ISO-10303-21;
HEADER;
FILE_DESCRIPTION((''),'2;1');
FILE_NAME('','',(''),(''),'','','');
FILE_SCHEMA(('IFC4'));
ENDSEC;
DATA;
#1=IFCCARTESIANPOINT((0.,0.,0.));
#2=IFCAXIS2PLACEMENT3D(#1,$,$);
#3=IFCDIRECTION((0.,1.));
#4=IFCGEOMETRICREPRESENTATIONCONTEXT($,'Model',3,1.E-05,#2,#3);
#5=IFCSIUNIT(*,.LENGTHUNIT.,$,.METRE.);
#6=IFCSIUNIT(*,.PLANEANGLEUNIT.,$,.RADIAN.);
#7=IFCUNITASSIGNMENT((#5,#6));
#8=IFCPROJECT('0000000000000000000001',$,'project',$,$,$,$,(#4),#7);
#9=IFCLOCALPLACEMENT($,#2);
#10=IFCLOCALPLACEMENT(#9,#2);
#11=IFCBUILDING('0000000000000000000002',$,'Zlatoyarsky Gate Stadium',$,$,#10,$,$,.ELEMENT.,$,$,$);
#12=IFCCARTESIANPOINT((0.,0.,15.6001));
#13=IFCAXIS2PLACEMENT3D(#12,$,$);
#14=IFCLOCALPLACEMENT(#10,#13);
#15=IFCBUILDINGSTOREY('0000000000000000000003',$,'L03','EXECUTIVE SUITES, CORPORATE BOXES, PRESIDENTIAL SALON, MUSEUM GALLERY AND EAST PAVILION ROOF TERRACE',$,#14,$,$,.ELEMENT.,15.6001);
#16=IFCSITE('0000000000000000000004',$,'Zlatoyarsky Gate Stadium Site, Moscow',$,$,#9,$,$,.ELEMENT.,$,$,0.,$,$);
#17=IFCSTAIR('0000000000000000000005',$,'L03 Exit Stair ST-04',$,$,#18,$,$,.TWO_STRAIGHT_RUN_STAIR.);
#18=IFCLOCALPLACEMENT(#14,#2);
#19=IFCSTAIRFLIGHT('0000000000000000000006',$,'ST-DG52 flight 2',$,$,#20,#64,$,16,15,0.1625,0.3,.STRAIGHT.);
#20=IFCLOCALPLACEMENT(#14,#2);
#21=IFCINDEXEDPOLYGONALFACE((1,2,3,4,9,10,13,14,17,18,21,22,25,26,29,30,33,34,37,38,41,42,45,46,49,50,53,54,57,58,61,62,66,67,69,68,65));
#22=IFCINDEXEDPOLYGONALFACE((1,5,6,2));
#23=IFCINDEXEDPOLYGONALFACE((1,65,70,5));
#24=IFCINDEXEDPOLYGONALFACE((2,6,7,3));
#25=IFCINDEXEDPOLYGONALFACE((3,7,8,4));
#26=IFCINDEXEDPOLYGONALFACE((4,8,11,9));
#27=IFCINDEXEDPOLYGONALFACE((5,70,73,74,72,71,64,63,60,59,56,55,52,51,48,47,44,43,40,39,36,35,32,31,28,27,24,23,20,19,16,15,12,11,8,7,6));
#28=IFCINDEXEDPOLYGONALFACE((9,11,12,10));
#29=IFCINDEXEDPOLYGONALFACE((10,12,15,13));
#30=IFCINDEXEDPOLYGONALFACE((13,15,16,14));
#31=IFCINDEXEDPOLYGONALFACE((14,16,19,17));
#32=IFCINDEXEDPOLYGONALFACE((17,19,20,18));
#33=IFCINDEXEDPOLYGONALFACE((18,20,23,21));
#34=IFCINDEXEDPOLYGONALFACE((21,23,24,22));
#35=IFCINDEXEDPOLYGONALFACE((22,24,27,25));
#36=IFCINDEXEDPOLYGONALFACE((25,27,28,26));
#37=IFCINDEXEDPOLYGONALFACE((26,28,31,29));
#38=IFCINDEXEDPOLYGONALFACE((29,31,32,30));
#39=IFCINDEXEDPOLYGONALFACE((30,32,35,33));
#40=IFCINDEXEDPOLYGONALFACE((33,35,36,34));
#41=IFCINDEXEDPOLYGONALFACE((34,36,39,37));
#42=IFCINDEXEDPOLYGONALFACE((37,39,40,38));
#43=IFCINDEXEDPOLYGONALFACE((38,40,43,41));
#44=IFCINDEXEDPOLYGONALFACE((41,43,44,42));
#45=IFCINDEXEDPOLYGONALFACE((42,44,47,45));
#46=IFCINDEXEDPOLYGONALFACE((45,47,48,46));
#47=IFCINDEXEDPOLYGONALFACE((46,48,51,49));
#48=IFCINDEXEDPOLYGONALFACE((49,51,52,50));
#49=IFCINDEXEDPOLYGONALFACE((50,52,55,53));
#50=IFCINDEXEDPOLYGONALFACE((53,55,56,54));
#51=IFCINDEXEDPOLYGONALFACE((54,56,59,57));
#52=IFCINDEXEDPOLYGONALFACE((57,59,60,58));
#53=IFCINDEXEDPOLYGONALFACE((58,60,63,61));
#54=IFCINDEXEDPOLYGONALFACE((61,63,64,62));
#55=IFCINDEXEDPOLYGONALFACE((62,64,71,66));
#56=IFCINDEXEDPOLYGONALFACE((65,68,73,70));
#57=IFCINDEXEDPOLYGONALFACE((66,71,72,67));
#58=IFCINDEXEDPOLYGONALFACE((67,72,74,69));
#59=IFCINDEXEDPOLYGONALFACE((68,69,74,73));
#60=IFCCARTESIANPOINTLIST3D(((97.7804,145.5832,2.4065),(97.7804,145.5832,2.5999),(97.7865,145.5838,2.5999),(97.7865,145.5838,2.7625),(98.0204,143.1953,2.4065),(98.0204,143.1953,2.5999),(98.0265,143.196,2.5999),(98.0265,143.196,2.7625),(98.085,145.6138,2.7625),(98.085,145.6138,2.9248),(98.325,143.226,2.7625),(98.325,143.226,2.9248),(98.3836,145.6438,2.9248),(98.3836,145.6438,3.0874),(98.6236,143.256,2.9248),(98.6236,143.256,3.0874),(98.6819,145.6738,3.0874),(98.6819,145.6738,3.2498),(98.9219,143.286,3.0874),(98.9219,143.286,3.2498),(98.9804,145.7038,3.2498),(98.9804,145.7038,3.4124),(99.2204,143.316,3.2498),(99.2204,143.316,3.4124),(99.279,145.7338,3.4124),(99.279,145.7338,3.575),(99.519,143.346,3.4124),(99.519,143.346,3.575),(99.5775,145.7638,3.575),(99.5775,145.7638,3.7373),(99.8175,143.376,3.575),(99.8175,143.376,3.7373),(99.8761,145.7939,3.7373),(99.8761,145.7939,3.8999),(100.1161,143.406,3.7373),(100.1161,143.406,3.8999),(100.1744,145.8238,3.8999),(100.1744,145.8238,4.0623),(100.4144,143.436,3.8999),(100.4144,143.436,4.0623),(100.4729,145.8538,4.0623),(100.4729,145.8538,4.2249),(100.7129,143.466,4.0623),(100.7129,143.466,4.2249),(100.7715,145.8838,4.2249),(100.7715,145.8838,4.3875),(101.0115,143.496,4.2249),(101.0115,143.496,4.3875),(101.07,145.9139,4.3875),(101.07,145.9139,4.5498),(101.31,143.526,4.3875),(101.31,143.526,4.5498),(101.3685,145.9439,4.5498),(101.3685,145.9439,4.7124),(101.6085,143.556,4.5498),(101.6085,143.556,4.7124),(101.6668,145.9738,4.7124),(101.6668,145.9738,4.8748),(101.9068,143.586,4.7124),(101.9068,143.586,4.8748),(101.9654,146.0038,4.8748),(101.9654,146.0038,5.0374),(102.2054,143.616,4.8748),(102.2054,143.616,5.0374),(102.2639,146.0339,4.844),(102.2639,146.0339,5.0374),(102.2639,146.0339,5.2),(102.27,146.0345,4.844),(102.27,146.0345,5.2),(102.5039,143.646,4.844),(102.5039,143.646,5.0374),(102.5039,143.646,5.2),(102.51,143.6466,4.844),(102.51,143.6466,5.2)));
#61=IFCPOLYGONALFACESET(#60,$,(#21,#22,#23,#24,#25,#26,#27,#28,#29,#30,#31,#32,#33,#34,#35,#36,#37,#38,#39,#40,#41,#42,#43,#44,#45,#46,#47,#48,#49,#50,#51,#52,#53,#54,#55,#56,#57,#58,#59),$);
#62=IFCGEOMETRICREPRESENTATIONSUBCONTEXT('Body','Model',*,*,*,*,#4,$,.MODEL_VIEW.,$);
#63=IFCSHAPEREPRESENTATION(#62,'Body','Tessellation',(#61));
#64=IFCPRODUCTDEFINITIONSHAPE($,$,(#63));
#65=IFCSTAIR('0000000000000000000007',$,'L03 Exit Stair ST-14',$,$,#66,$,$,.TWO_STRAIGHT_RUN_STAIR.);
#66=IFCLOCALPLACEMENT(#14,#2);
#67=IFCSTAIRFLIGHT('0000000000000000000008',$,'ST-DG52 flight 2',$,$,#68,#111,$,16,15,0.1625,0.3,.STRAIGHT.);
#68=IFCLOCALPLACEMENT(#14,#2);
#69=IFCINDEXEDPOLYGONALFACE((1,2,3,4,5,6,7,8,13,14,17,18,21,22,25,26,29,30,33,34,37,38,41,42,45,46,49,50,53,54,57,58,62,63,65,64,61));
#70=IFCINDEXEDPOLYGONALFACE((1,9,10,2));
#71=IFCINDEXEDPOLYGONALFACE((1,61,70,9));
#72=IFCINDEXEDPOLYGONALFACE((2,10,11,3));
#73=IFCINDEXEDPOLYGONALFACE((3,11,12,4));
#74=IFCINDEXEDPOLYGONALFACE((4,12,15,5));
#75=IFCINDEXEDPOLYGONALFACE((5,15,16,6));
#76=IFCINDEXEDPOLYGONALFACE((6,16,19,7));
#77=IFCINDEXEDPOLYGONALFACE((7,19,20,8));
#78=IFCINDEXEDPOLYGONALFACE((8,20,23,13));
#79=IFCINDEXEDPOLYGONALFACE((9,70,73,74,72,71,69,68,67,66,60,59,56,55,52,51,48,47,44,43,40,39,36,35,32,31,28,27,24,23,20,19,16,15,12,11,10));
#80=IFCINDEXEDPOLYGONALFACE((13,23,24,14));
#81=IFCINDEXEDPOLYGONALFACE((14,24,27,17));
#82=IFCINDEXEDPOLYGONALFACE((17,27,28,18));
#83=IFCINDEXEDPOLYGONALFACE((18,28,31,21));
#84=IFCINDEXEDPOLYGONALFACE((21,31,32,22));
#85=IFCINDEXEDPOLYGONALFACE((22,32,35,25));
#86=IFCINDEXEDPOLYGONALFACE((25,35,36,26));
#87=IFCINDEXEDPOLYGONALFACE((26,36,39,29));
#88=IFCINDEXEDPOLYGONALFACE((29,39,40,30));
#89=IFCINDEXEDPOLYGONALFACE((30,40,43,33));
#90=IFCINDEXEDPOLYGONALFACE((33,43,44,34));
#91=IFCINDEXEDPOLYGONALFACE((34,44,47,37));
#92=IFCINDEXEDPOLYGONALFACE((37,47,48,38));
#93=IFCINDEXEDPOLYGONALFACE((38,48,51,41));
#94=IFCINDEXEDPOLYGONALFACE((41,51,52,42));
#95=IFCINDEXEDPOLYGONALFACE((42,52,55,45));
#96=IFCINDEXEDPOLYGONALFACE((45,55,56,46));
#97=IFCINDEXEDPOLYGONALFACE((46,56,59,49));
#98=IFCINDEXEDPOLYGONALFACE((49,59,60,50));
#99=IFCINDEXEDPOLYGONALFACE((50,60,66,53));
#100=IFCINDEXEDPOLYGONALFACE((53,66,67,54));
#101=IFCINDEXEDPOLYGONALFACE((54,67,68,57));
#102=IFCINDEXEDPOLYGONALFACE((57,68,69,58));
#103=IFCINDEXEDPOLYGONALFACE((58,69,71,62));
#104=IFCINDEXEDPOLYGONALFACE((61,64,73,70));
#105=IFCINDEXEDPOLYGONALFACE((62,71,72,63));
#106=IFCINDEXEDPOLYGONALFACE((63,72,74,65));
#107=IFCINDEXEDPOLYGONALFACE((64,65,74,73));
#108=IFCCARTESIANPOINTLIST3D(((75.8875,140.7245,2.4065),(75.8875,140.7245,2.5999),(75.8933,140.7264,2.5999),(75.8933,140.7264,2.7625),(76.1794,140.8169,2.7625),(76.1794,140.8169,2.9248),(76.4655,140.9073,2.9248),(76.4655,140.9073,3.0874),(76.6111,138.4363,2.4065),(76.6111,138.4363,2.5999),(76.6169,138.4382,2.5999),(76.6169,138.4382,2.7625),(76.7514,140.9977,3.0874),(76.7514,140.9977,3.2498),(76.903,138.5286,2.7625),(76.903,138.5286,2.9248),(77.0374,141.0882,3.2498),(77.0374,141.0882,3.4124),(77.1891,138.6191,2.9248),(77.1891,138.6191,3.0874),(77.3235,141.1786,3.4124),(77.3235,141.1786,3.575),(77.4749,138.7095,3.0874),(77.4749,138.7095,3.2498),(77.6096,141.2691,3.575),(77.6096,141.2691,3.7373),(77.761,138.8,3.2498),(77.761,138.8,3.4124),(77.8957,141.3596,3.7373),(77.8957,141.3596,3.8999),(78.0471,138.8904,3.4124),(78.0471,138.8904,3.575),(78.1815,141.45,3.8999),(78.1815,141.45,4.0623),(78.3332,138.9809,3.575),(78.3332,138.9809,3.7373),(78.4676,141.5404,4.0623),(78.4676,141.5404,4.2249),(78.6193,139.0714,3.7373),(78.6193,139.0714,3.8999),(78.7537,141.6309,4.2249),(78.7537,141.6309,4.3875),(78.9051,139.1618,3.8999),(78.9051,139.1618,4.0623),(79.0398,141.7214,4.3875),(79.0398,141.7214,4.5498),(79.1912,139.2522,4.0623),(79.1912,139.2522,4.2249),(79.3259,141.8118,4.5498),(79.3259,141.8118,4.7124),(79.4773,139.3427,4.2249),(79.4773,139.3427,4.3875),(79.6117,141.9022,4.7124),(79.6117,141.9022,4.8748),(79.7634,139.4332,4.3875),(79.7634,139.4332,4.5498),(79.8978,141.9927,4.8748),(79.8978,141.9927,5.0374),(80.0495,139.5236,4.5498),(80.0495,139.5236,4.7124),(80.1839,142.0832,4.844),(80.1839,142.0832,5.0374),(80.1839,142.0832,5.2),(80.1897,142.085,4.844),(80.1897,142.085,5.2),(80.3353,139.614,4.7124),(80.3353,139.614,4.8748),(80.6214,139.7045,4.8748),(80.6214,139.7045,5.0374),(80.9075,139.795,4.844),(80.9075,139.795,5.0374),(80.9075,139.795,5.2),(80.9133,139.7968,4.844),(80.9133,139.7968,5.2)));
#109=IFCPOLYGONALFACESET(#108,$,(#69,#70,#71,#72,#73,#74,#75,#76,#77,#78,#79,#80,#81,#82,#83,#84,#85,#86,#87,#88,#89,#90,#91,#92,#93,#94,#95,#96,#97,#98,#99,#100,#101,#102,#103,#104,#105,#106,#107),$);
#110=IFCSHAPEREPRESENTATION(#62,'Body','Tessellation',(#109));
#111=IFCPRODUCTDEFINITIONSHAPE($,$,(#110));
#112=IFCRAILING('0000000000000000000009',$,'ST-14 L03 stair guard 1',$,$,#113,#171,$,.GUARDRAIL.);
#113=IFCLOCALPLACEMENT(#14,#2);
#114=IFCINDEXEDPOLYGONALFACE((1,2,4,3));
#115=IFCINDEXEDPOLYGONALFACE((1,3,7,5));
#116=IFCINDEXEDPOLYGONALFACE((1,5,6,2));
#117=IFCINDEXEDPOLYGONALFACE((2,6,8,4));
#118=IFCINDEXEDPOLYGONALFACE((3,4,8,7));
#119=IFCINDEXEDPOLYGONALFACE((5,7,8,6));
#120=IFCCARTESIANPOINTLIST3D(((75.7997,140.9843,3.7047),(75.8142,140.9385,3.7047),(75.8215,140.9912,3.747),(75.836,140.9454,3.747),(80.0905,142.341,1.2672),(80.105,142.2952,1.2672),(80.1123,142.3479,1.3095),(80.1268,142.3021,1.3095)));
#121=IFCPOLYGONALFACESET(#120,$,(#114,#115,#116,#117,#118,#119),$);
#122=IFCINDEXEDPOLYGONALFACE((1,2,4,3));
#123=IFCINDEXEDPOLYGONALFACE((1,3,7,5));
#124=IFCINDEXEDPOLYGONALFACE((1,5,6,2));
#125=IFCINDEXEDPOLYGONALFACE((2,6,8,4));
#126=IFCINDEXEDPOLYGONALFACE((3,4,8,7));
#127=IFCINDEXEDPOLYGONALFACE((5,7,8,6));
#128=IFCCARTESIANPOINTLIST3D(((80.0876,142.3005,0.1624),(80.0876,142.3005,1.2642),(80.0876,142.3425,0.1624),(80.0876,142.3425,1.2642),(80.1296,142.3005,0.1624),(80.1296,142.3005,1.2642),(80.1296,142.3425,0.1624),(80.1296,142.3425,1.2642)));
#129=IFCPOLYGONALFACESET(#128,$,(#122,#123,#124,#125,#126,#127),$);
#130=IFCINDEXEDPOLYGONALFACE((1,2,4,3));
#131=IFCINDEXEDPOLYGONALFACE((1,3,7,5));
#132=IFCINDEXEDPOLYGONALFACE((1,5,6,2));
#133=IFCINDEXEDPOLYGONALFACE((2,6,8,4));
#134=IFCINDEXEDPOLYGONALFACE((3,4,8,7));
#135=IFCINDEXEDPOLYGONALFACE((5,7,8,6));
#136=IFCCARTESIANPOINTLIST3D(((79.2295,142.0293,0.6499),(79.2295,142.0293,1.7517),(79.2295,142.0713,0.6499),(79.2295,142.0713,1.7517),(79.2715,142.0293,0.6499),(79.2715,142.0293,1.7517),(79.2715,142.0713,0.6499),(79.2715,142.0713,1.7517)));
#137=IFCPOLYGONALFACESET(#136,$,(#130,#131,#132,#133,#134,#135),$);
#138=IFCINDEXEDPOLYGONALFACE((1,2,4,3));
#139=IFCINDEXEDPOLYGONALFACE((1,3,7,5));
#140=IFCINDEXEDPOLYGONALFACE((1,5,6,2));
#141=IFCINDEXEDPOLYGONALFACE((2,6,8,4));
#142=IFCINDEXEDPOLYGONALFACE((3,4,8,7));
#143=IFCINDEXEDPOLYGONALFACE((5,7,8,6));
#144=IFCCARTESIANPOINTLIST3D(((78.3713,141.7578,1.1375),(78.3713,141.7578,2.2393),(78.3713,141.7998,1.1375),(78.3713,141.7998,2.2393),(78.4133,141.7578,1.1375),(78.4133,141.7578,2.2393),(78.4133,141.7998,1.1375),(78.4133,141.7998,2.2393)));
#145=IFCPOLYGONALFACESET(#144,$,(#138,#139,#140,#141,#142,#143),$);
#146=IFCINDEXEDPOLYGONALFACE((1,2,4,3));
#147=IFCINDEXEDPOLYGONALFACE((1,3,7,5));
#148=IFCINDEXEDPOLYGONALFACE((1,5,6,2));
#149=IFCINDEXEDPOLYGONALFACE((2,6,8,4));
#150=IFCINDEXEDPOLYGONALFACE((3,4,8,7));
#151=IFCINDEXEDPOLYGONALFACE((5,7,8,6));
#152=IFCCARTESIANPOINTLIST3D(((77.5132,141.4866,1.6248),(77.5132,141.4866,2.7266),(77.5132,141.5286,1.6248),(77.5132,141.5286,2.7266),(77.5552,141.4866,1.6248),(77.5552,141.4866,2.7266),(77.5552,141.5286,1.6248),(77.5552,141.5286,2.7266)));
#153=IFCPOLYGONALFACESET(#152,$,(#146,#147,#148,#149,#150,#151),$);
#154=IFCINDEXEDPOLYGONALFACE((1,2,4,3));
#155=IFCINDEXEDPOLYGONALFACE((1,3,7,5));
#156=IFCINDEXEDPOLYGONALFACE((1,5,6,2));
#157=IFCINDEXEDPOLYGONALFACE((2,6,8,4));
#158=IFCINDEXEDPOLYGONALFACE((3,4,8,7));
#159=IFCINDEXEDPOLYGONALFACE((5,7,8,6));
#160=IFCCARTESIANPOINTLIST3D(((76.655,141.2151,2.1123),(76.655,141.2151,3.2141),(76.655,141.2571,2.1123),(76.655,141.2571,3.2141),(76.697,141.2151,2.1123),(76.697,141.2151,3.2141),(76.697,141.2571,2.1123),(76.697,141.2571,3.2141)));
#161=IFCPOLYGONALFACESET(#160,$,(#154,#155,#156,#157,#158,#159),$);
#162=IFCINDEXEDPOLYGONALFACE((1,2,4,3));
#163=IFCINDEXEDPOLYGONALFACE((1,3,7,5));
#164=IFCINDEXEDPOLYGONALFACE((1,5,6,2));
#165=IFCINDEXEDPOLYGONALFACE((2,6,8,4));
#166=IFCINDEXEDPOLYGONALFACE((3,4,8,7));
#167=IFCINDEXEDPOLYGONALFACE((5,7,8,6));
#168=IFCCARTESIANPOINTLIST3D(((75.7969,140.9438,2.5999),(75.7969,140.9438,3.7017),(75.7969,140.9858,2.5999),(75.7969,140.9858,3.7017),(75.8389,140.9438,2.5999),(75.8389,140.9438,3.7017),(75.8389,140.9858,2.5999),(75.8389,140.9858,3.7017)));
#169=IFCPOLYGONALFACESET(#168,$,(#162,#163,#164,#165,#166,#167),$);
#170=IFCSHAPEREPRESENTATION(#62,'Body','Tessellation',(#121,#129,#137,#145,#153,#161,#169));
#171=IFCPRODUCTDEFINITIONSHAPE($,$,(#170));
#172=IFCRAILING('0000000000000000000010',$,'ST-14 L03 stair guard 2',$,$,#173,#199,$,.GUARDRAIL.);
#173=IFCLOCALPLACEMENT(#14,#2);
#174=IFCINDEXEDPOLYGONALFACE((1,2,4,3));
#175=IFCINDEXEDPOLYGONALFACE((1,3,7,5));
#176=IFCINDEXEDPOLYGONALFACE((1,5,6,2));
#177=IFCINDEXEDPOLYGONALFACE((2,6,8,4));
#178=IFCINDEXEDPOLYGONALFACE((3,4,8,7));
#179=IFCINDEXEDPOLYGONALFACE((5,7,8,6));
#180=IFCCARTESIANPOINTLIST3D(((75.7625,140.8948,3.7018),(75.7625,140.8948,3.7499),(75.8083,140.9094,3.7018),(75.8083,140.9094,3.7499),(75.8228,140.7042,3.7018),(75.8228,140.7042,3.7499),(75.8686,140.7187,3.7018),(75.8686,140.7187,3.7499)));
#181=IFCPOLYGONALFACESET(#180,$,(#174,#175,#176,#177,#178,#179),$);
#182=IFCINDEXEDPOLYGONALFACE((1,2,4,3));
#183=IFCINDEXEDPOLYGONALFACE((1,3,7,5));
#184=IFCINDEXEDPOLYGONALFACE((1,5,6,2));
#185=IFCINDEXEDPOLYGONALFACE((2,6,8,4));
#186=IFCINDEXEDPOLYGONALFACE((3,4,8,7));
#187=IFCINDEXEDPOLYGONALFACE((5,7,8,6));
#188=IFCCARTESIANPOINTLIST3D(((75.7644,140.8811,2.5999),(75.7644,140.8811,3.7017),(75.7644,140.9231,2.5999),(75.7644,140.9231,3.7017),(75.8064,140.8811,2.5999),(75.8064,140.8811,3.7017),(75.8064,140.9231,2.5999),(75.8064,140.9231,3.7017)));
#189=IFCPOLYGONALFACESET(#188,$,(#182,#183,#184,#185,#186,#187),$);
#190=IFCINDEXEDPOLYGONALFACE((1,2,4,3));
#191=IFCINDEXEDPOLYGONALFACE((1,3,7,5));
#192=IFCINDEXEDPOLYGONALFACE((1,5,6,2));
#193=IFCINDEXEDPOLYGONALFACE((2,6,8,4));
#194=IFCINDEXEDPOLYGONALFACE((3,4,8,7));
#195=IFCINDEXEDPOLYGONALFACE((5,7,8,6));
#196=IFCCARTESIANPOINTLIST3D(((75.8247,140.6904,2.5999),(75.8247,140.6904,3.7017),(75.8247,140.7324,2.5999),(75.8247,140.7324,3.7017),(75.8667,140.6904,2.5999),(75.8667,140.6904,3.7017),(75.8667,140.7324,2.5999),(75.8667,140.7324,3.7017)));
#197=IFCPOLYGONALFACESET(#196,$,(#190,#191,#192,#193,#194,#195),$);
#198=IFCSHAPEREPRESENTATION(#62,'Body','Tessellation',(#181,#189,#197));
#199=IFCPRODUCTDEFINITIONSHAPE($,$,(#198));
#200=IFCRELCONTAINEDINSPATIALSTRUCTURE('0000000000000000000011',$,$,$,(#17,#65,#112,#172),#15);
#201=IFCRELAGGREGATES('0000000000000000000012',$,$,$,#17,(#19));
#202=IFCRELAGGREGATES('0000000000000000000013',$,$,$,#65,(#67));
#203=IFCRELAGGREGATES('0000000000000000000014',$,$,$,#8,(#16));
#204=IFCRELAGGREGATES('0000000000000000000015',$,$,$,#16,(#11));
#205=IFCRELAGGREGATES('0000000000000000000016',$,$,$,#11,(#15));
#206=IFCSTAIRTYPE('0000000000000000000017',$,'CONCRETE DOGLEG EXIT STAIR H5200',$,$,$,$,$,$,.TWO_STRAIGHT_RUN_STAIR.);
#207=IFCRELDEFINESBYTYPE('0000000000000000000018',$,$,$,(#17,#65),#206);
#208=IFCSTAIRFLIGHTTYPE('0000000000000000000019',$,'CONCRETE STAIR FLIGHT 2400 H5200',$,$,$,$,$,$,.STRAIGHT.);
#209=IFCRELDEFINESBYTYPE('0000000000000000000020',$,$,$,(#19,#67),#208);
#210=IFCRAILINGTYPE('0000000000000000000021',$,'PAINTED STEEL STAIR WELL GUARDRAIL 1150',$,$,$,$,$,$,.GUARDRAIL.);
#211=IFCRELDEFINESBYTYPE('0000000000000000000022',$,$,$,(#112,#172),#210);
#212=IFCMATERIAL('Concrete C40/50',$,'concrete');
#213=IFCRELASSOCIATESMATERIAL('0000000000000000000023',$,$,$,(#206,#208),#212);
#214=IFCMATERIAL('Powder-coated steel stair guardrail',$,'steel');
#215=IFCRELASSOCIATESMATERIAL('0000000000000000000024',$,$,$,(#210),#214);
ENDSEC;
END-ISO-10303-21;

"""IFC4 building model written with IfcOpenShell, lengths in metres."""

from ifc_helpers import new_model, si_unit, direction, frame, origin, origin_2d, place, context, subcontext, project, spatial, polyline, rectangle, outline, extrude, material, type_object, element, aggregate, save


model = new_model("IFC4")

# Units and contexts
model_context = context("Model", 3, precision=1e-05, world=origin(), true_north=direction((0.0, 1.0)))
body_context = subcontext(model_context, "Body", "Model", "MODEL_VIEW")
ifc_project = project(units=[si_unit("LENGTHUNIT", "METRE"), si_unit("PLANEANGLEUNIT", "RADIAN")], contexts=[model_context])

# Site, building, storey
site_placement = place(None, origin())
site = spatial("IfcSite", under=ifc_project, at=site_placement, Name="Zlatoyarsky Gate Stadium Site, Moscow", CompositionType="ELEMENT", RefElevation=0.0)
building_placement = place(site_placement, origin())
building = spatial("IfcBuilding", under=site, at=building_placement, Name="Zlatoyarsky Gate Stadium", CompositionType="ELEMENT")
storey_placement = place(building_placement, frame((0.0, 0.0, 15.6001)))
storey = spatial("IfcBuildingStorey", under=building, at=storey_placement, Name="L03", Description="EXECUTIVE SUITES, CORPORATE BOXES, PRESIDENTIAL SALON, MUSEUM GALLERY AND EAST PAVILION ROOF TERRACE", CompositionType="ELEMENT", Elevation=15.6001)

# Shared definitions
ifc_material_1 = material(Name="Concrete C40/50", Category="concrete")

# Stair, stair flight
stair_type = type_object("IfcStairType", Name="CONCRETE DOGLEG EXIT STAIR H5200", PredefinedType="TWO_STRAIGHT_RUN_STAIR", material=ifc_material_1)
stair_1_placement = place(storey_placement, origin())
stair_1 = element("IfcStair", 1, at=stair_1_placement, inside=storey, type_object=stair_type, Name="L03 Exit Stair ST-04", PredefinedType="TWO_STRAIGHT_RUN_STAIR")
stair_flight_type = type_object("IfcStairFlightType", Name="CONCRETE STAIR FLIGHT 2400 H5200", PredefinedType="STRAIGHT", material=ifc_material_1)
stair_flight_1_placement = place(storey_placement, frame((97.9065, 144.3899, 2.5999), z_axis=(0.0, 0.0, 1.0), x_axis=(0.994987, 0.100006, 0.0)))
stair_flight_1 = element("IfcStairFlight", 2, at=stair_flight_1_placement, type_object=stair_flight_type, Name="ST-DG52 flight 2", NumberOfRisers=16, NumberOfTreads=15, PredefinedType="STRAIGHT", RiserHeight=0.1625, TreadLength=0.3, context=body_context, shape_type="SweptSolid", body=[
    extrude(outline(polyline([(-0.0061, -0.1934), (-0.0061, 0.0), (0.0, 0.0), (0.0, 0.1626), (0.3, 0.1626), (0.3, 0.325), (0.6001, 0.325), (0.6001, 0.4875), (0.8999, 0.4875), (0.8999, 0.6499), (1.2, 0.6499), (1.2, 0.8125), (1.5, 0.8125), (1.5, 0.9751), (1.8, 0.9751), (1.8, 1.1375), (2.1001, 1.1375), (2.1001, 1.3), (2.3999, 1.3), (2.3999, 1.4624), (2.7, 1.4624), (2.7, 1.625), (3.0, 1.625), (3.0, 1.7876), (3.3, 1.7876), (3.3, 1.95), (3.6001, 1.95), (3.6001, 2.1125), (3.8999, 2.1125), (3.8999, 2.2749), (4.2, 2.2749), (4.2, 2.4375), (4.5, 2.4375), (4.5, 2.6001), (4.5061, 2.6001), (4.5061, 2.2441), (4.5, 2.2441), (-0.0061, -0.1934)])), frame((0.0, 1.2, 0.0), z_axis=(0.0, -1.0, 0.0), x_axis=(1.0, 0.0, 0.0)), (0.0, 0.0, 1.0), 2.3999),
])
aggregate(stair_1, [stair_flight_1])

# Stair, stair flight
stair_2_placement = place(storey_placement, origin())
stair_2 = element("IfcStair", 3, at=stair_2_placement, inside=storey, type_object=stair_type, Name="L03 Exit Stair ST-14", PredefinedType="TWO_STRAIGHT_RUN_STAIR")
stair_flight_2_placement = place(storey_placement, frame((76.2551, 139.5823, 2.5999), z_axis=(0.0, 0.0, 1.0), x_axis=(0.953463, 0.30151, 0.0)))
stair_flight_2 = element("IfcStairFlight", 4, at=stair_flight_2_placement, type_object=stair_flight_type, Name="ST-DG52 flight 2", NumberOfRisers=16, NumberOfTreads=15, PredefinedType="STRAIGHT", RiserHeight=0.1625, TreadLength=0.3, context=body_context, shape_type="SweptSolid", body=[
    extrude(outline(polyline([(-0.0061, -0.1934), (-0.0061, 0.0), (0.0, 0.0), (0.0, 0.1626), (0.3, 0.1626), (0.3, 0.325), (0.6001, 0.325), (0.6001, 0.4875), (0.8999, 0.4875), (0.8999, 0.6499), (1.2, 0.6499), (1.2, 0.8125), (1.5, 0.8125), (1.5, 0.9751), (1.8, 0.9751), (1.8, 1.1375), (2.1001, 1.1375), (2.1001, 1.3), (2.3999, 1.3), (2.3999, 1.4624), (2.7, 1.4624), (2.7, 1.625), (3.0, 1.625), (3.0, 1.7876), (3.3, 1.7876), (3.3, 1.95), (3.6001, 1.95), (3.6001, 2.1125), (3.8999, 2.1125), (3.8999, 2.2749), (4.2, 2.2749), (4.2, 2.4375), (4.5, 2.4375), (4.5, 2.6001), (4.5061, 2.6001), (4.5061, 2.2441), (4.5, 2.2441), (-0.0061, -0.1934)])), frame((0.0, 1.2, 0.0), z_axis=(0.0, -1.0, 0.0), x_axis=(1.0, 0.0, 0.0)), (0.0, 0.0, 1.0), 2.3999),
])
aggregate(stair_2, [stair_flight_2])

# Railings
ifc_material_2 = material(Name="Powder-coated steel stair guardrail", Category="steel")
railing_type_1 = type_object("IfcRailingType", Name="PAINTED STEEL STAIR WELL GUARDRAIL 1150", PredefinedType="GUARDRAIL", material=ifc_material_2)
railing_1_placement = place(storey_placement, frame((80.1086, 142.3215, 0.1624)))
element("IfcRailing", 5, at=railing_1_placement, inside=storey, type_object=railing_type_1, Name="ST-14 L03 stair guard 1", PredefinedType="GUARDRAIL", context=body_context, shape_type="SweptSolid", body=[
    extrude(rectangle(XDim=0.0481, YDim=0.0481, at=origin_2d()), frame((0.0, 0.0, 1.126), z_axis=(-0.838388, -0.265088, 0.476271), x_axis=(0.301477, -0.953474, 0.0)), (0.0, 0.0, 1.0), 5.1179),
    extrude(rectangle(XDim=0.042, YDim=0.042, at=origin_2d()), origin(), (0.0, 0.0, 1.0), 1.1018),
    extrude(rectangle(XDim=0.042, YDim=0.042, at=origin_2d()), frame((-0.8582, -0.2712, 0.4875)), (0.0, 0.0, 1.0), 1.1018),
    extrude(rectangle(XDim=0.042, YDim=0.042, at=origin_2d()), frame((-1.7163, -0.5427, 0.9751)), (0.0, 0.0, 1.0), 1.1018),
    extrude(rectangle(XDim=0.042, YDim=0.042, at=origin_2d()), frame((-2.5745, -0.814, 1.4624)), (0.0, 0.0, 1.0), 1.1018),
    extrude(rectangle(XDim=0.042, YDim=0.042, at=origin_2d()), frame((-3.4326, -1.0854, 1.95)), (0.0, 0.0, 1.0), 1.1018),
    extrude(rectangle(XDim=0.042, YDim=0.042, at=origin_2d()), frame((-4.2908, -1.3567, 2.4375)), (0.0, 0.0, 1.0), 1.1018),
])
railing_2_placement = place(storey_placement, frame((75.7854, 140.9021, 2.5999)))
element("IfcRailing", 6, at=railing_2_placement, inside=storey, type_object=railing_type_1, Name="ST-14 L03 stair guard 2", PredefinedType="GUARDRAIL", context=body_context, shape_type="SweptSolid", body=[
    extrude(rectangle(XDim=0.0481, YDim=0.0481, at=origin_2d()), frame((0.0, 0.0, 1.126), z_axis=(0.30154, -0.953453, 0.0), x_axis=(0.953453, 0.30154, 0.0)), (0.0, 0.0, 1.0), 0.2),
    extrude(rectangle(XDim=0.042, YDim=0.042, at=origin_2d()), origin(), (0.0, 0.0, 1.0), 1.1018),
    extrude(rectangle(XDim=0.042, YDim=0.042, at=origin_2d()), frame((0.0603, -0.1907, 0.0)), (0.0, 0.0, 1.0), 1.1018),
])

save(model, "model.ifc")
